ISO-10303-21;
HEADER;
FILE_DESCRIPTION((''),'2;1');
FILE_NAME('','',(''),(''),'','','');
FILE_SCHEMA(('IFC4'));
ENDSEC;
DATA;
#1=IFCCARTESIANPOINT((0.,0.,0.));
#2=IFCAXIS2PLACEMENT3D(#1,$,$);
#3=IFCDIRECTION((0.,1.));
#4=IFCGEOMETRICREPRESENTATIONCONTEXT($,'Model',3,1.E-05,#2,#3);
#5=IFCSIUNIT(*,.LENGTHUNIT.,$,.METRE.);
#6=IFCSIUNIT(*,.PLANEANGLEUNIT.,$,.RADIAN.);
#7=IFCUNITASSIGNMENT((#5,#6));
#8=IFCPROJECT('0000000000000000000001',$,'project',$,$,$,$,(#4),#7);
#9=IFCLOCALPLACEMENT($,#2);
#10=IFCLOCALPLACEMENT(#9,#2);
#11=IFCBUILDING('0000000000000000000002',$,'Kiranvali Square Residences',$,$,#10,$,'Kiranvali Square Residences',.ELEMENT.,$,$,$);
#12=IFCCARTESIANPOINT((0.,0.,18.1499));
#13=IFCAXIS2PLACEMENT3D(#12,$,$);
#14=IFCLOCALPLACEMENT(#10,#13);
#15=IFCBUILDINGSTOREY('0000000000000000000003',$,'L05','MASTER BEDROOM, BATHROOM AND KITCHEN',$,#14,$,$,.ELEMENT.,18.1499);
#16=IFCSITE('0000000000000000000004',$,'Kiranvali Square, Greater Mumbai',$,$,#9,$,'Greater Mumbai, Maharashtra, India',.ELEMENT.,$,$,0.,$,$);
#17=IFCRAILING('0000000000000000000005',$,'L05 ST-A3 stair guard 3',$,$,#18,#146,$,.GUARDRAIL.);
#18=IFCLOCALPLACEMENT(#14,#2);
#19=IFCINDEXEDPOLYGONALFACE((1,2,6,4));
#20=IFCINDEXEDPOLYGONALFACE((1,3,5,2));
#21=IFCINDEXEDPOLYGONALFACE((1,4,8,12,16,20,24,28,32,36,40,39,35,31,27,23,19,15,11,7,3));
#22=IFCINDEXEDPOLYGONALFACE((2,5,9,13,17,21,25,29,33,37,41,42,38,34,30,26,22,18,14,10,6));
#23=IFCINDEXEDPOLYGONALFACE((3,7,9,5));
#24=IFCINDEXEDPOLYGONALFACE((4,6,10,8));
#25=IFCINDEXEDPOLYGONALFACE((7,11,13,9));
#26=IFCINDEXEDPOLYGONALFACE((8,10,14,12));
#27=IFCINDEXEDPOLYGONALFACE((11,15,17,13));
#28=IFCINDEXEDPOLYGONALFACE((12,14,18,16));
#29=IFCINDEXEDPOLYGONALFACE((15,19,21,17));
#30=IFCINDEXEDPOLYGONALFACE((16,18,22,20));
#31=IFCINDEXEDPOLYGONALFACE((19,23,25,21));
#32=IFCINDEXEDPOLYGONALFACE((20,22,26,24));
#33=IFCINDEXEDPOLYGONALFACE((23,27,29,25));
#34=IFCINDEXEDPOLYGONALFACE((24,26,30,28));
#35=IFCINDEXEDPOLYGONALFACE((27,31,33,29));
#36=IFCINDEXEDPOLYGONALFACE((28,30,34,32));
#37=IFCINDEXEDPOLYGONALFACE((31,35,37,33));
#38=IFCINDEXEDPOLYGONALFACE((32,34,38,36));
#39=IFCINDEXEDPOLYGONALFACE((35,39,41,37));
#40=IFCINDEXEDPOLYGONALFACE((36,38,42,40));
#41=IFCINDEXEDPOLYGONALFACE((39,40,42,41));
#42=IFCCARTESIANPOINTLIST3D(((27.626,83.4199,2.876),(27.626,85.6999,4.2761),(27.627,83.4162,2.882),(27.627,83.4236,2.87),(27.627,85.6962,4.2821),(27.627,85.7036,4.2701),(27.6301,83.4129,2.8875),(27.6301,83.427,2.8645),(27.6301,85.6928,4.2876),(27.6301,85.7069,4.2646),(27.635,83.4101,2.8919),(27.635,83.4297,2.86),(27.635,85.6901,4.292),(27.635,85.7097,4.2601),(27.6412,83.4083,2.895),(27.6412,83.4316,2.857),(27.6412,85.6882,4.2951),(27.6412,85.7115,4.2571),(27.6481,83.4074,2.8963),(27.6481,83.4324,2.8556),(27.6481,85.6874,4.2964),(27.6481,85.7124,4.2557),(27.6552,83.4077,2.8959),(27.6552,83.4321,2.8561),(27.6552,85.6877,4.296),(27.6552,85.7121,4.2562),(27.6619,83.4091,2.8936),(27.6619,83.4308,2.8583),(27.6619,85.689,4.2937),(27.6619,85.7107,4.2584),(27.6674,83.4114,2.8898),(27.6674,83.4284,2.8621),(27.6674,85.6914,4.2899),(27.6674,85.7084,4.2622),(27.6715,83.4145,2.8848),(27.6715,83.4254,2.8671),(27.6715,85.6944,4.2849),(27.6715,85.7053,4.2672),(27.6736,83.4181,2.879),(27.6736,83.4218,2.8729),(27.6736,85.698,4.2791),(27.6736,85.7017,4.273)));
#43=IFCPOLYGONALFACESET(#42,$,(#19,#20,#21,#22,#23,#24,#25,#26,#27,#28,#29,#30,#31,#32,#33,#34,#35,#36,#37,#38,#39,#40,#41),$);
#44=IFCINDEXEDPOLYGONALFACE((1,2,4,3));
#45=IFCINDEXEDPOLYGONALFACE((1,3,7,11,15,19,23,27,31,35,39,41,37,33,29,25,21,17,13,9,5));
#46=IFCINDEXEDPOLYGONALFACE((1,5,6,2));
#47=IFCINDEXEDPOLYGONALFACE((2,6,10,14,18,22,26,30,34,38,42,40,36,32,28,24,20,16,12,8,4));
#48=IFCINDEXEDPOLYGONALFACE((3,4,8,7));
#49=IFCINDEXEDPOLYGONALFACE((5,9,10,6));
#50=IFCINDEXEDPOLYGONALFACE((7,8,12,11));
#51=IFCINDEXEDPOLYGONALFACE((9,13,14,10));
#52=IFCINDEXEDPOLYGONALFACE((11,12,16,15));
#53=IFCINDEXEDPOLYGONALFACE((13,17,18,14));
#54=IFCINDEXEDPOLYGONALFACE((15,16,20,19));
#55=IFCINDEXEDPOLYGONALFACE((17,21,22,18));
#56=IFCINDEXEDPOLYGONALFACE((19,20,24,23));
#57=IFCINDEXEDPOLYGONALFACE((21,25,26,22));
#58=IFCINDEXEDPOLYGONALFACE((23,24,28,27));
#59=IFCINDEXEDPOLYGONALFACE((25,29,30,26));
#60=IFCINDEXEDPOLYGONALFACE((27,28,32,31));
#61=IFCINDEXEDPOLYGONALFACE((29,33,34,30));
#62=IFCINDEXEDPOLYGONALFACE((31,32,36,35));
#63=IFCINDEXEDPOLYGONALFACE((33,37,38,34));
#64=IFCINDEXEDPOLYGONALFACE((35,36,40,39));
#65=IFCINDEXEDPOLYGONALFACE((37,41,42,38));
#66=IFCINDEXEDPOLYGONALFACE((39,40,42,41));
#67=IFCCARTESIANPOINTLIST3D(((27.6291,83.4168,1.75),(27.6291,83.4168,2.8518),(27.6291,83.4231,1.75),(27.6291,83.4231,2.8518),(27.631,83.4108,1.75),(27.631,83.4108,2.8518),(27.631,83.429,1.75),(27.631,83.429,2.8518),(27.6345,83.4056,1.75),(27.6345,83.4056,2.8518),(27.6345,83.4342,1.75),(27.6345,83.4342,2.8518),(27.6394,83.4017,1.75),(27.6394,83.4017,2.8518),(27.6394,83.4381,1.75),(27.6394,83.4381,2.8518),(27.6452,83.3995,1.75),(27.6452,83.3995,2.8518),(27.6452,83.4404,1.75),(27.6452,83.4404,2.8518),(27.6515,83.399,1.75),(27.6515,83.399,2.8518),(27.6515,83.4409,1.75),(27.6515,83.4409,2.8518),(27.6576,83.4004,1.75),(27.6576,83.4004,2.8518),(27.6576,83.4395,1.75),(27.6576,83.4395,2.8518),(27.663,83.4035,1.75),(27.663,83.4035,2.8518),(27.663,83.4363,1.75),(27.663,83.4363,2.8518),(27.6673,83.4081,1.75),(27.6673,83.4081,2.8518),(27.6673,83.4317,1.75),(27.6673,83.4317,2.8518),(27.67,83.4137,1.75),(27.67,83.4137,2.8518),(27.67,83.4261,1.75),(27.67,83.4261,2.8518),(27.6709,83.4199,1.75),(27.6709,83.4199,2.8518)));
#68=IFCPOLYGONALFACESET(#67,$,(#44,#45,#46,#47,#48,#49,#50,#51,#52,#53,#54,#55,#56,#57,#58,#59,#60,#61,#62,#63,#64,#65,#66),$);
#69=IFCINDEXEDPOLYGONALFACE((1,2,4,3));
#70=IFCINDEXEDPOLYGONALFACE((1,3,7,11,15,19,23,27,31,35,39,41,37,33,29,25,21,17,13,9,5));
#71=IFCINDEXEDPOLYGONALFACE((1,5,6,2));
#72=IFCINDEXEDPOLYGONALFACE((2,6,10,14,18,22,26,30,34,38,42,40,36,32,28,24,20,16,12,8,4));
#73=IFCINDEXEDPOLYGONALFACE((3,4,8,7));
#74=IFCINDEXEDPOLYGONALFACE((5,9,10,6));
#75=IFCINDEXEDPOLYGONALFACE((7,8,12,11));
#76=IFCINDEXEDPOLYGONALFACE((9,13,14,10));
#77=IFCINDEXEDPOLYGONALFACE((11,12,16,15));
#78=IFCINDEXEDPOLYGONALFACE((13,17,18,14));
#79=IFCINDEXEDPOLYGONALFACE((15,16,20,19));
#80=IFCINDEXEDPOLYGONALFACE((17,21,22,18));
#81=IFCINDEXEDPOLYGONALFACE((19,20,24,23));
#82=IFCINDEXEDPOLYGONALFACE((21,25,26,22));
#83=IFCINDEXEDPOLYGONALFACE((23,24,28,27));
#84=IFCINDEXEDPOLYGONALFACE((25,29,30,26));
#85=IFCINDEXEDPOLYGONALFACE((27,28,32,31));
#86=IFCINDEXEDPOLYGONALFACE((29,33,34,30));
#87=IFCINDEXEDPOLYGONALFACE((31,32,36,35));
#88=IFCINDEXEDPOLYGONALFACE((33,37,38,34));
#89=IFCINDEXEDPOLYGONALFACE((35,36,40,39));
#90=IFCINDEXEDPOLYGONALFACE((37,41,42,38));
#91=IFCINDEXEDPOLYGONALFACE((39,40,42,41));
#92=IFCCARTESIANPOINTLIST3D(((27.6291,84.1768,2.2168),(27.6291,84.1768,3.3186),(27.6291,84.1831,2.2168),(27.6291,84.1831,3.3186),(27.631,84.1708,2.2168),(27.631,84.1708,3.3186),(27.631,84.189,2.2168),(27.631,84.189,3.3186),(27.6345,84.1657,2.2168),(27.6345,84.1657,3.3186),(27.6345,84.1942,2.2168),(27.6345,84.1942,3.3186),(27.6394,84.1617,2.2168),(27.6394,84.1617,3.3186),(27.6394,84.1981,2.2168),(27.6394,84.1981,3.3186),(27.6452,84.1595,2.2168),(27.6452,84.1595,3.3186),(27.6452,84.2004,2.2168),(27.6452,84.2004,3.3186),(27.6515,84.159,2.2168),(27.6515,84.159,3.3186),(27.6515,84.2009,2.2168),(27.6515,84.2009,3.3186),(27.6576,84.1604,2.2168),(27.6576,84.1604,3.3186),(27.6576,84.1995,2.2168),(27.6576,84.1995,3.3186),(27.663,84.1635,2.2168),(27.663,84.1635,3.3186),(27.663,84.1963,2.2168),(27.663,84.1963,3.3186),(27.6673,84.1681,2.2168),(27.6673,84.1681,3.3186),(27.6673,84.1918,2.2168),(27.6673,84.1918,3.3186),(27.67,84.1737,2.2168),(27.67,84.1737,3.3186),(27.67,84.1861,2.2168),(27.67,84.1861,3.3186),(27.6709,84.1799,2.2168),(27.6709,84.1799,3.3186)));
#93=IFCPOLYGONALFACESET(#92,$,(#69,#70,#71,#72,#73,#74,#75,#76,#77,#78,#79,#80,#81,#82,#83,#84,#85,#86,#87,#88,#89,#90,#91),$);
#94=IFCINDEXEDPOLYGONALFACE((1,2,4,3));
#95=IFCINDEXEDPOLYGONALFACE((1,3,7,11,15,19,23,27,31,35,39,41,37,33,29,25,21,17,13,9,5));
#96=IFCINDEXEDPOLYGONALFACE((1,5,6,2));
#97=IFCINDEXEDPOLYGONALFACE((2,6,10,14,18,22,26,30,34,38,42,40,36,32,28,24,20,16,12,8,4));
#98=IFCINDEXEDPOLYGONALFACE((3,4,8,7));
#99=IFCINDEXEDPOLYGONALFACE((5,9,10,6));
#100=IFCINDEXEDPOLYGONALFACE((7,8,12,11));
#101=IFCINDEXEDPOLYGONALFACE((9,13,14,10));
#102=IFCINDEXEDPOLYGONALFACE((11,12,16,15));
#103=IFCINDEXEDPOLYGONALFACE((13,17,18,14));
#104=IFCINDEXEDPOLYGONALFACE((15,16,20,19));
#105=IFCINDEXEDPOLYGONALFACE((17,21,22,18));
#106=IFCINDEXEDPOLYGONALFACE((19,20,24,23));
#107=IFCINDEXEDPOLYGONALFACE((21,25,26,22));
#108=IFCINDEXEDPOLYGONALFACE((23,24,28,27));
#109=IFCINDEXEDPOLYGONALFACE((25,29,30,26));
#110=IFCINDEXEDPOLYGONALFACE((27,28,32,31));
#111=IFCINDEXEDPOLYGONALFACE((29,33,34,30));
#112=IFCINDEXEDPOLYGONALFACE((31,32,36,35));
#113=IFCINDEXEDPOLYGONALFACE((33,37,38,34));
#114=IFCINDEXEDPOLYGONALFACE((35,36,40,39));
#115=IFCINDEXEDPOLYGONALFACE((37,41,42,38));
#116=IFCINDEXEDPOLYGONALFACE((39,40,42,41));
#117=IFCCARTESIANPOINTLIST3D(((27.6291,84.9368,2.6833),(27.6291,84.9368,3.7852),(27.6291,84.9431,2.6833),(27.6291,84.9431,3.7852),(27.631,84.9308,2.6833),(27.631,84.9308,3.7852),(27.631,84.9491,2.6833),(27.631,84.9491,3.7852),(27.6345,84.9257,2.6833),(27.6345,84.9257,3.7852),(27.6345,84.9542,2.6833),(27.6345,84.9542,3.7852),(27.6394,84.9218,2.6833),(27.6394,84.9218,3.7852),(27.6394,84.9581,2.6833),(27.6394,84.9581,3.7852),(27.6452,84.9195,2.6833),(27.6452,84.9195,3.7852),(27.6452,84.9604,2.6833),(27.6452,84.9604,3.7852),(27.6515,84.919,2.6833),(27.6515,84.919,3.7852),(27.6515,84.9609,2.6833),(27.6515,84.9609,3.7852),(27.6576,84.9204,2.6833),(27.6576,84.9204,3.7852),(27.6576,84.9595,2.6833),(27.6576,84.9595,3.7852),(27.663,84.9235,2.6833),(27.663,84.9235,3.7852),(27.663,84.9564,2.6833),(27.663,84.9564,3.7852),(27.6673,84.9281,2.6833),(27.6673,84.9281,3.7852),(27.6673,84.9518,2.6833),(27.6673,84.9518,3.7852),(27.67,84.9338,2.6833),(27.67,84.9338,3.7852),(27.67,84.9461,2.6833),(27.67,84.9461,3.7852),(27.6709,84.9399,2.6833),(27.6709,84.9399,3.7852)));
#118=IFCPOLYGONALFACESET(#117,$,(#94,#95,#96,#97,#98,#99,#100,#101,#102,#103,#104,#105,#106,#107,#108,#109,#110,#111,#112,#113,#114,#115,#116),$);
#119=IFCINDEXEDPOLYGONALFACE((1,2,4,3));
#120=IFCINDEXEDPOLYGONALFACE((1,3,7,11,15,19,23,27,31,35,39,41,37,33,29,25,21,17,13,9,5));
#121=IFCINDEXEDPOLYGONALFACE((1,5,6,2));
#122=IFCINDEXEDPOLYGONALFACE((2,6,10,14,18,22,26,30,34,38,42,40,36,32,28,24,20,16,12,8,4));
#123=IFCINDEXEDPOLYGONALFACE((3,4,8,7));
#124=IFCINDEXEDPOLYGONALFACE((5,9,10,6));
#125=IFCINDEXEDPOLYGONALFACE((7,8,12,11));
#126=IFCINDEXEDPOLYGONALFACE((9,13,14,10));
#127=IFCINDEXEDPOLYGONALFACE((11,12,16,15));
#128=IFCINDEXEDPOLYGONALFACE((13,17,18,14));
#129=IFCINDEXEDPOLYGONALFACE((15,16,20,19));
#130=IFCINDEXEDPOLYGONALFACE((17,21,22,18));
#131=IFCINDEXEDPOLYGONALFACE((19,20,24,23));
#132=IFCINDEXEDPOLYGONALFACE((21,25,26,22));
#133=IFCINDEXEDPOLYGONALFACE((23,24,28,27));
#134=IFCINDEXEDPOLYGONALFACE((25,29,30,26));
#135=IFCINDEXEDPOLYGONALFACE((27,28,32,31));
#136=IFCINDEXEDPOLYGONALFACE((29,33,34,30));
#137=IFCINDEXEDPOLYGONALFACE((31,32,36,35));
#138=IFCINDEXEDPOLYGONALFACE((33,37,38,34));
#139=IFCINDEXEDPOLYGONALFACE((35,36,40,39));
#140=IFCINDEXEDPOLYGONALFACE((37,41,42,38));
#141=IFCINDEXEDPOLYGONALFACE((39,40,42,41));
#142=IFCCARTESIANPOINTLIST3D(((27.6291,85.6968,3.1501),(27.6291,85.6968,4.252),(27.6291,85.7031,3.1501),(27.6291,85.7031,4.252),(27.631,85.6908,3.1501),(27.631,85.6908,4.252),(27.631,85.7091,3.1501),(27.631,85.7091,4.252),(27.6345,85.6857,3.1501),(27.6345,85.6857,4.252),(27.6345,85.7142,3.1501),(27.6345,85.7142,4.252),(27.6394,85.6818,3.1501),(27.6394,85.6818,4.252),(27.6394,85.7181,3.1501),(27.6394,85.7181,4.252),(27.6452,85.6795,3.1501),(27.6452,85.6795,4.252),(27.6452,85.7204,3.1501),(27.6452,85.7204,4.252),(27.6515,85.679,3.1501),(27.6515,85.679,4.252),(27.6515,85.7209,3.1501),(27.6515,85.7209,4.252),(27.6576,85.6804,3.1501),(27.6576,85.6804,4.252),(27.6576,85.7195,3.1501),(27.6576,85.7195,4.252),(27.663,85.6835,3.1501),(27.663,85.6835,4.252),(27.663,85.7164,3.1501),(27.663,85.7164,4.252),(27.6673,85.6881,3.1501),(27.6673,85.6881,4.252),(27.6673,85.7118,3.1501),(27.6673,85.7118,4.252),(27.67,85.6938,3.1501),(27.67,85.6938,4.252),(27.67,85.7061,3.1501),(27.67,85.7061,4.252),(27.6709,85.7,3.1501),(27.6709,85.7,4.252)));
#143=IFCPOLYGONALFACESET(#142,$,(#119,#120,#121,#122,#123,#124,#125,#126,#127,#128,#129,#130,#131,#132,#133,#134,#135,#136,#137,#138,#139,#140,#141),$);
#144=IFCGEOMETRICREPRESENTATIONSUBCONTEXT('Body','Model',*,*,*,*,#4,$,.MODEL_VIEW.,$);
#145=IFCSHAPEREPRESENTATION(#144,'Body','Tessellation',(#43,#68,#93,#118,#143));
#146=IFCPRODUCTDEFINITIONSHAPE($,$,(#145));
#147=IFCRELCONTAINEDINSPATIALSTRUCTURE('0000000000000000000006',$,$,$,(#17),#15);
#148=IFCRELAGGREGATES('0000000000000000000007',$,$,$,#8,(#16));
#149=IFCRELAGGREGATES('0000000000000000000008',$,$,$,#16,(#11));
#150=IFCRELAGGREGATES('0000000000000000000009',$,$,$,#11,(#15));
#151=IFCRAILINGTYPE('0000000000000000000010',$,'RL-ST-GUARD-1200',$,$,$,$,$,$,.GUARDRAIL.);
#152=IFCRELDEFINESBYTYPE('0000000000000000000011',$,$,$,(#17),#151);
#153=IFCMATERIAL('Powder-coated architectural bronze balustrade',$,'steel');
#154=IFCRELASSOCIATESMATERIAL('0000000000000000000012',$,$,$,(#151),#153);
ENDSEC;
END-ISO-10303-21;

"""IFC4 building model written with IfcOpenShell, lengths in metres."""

from ifc_helpers import new_model, si_unit, direction, frame, origin, origin_2d, place, context, subcontext, project, spatial, circle, extrude, material, type_object, element, save


model = new_model("IFC4")

# Units and contexts
model_context = context("Model", 3, precision=1e-05, world=origin(), true_north=direction((0.0, 1.0)))
body_context = subcontext(model_context, "Body", "Model", "MODEL_VIEW")
ifc_project = project(units=[si_unit("LENGTHUNIT", "METRE"), si_unit("PLANEANGLEUNIT", "RADIAN")], contexts=[model_context])

# Site, building, storey
site_placement = place(None, origin())
site = spatial("IfcSite", under=ifc_project, at=site_placement, Name="Kiranvali Square, Greater Mumbai", LongName="Greater Mumbai, Maharashtra, India", CompositionType="ELEMENT", RefElevation=0.0)
building_placement = place(site_placement, origin())
building = spatial("IfcBuilding", under=site, at=building_placement, Name="Kiranvali Square Residences", LongName="Kiranvali Square Residences", CompositionType="ELEMENT")
storey_placement = place(building_placement, frame((0.0, 0.0, 18.1499)))
storey = spatial("IfcBuildingStorey", under=building, at=storey_placement, Name="L05", Description="MASTER BEDROOM, BATHROOM AND KITCHEN", CompositionType="ELEMENT", Elevation=18.1499)

# Railing
ifc_material_1 = material(Name="Powder-coated architectural bronze balustrade", Category="steel")
railing_type_1 = type_object("IfcRailingType", Name="RL-ST-GUARD-1200", PredefinedType="GUARDRAIL", material=ifc_material_1)
railing_1_placement = place(storey_placement, frame((27.6499, 83.4199, 1.75)))
element("IfcRailing", 1, at=railing_1_placement, inside=storey, type_object=railing_type_1, Name="L05 ST-A3 stair guard 3", PredefinedType="GUARDRAIL", context=body_context, shape_type="SweptSolid", body=[
    extrude(circle(Radius=0.0239, at=origin_2d()), frame((0.0, 0.0, 1.126), z_axis=(0.0, 0.85215, 0.523298), x_axis=(-1.0, 0.0, 0.0)), (0.0, 0.0, 1.0), 2.6755),
    extrude(circle(Radius=0.021, at=origin_2d()), origin(), (0.0, 0.0, 1.0), 1.1018),
    extrude(circle(Radius=0.021, at=origin_2d()), frame((0.0, 0.76, 0.4668)), (0.0, 0.0, 1.0), 1.1018),
    extrude(circle(Radius=0.021, at=origin_2d()), frame((0.0, 1.52, 0.9333)), (0.0, 0.0, 1.0), 1.1018),
    extrude(circle(Radius=0.021, at=origin_2d()), frame((0.0, 2.28, 1.4001)), (0.0, 0.0, 1.0), 1.1018),
])

save(model, "model.ifc")
